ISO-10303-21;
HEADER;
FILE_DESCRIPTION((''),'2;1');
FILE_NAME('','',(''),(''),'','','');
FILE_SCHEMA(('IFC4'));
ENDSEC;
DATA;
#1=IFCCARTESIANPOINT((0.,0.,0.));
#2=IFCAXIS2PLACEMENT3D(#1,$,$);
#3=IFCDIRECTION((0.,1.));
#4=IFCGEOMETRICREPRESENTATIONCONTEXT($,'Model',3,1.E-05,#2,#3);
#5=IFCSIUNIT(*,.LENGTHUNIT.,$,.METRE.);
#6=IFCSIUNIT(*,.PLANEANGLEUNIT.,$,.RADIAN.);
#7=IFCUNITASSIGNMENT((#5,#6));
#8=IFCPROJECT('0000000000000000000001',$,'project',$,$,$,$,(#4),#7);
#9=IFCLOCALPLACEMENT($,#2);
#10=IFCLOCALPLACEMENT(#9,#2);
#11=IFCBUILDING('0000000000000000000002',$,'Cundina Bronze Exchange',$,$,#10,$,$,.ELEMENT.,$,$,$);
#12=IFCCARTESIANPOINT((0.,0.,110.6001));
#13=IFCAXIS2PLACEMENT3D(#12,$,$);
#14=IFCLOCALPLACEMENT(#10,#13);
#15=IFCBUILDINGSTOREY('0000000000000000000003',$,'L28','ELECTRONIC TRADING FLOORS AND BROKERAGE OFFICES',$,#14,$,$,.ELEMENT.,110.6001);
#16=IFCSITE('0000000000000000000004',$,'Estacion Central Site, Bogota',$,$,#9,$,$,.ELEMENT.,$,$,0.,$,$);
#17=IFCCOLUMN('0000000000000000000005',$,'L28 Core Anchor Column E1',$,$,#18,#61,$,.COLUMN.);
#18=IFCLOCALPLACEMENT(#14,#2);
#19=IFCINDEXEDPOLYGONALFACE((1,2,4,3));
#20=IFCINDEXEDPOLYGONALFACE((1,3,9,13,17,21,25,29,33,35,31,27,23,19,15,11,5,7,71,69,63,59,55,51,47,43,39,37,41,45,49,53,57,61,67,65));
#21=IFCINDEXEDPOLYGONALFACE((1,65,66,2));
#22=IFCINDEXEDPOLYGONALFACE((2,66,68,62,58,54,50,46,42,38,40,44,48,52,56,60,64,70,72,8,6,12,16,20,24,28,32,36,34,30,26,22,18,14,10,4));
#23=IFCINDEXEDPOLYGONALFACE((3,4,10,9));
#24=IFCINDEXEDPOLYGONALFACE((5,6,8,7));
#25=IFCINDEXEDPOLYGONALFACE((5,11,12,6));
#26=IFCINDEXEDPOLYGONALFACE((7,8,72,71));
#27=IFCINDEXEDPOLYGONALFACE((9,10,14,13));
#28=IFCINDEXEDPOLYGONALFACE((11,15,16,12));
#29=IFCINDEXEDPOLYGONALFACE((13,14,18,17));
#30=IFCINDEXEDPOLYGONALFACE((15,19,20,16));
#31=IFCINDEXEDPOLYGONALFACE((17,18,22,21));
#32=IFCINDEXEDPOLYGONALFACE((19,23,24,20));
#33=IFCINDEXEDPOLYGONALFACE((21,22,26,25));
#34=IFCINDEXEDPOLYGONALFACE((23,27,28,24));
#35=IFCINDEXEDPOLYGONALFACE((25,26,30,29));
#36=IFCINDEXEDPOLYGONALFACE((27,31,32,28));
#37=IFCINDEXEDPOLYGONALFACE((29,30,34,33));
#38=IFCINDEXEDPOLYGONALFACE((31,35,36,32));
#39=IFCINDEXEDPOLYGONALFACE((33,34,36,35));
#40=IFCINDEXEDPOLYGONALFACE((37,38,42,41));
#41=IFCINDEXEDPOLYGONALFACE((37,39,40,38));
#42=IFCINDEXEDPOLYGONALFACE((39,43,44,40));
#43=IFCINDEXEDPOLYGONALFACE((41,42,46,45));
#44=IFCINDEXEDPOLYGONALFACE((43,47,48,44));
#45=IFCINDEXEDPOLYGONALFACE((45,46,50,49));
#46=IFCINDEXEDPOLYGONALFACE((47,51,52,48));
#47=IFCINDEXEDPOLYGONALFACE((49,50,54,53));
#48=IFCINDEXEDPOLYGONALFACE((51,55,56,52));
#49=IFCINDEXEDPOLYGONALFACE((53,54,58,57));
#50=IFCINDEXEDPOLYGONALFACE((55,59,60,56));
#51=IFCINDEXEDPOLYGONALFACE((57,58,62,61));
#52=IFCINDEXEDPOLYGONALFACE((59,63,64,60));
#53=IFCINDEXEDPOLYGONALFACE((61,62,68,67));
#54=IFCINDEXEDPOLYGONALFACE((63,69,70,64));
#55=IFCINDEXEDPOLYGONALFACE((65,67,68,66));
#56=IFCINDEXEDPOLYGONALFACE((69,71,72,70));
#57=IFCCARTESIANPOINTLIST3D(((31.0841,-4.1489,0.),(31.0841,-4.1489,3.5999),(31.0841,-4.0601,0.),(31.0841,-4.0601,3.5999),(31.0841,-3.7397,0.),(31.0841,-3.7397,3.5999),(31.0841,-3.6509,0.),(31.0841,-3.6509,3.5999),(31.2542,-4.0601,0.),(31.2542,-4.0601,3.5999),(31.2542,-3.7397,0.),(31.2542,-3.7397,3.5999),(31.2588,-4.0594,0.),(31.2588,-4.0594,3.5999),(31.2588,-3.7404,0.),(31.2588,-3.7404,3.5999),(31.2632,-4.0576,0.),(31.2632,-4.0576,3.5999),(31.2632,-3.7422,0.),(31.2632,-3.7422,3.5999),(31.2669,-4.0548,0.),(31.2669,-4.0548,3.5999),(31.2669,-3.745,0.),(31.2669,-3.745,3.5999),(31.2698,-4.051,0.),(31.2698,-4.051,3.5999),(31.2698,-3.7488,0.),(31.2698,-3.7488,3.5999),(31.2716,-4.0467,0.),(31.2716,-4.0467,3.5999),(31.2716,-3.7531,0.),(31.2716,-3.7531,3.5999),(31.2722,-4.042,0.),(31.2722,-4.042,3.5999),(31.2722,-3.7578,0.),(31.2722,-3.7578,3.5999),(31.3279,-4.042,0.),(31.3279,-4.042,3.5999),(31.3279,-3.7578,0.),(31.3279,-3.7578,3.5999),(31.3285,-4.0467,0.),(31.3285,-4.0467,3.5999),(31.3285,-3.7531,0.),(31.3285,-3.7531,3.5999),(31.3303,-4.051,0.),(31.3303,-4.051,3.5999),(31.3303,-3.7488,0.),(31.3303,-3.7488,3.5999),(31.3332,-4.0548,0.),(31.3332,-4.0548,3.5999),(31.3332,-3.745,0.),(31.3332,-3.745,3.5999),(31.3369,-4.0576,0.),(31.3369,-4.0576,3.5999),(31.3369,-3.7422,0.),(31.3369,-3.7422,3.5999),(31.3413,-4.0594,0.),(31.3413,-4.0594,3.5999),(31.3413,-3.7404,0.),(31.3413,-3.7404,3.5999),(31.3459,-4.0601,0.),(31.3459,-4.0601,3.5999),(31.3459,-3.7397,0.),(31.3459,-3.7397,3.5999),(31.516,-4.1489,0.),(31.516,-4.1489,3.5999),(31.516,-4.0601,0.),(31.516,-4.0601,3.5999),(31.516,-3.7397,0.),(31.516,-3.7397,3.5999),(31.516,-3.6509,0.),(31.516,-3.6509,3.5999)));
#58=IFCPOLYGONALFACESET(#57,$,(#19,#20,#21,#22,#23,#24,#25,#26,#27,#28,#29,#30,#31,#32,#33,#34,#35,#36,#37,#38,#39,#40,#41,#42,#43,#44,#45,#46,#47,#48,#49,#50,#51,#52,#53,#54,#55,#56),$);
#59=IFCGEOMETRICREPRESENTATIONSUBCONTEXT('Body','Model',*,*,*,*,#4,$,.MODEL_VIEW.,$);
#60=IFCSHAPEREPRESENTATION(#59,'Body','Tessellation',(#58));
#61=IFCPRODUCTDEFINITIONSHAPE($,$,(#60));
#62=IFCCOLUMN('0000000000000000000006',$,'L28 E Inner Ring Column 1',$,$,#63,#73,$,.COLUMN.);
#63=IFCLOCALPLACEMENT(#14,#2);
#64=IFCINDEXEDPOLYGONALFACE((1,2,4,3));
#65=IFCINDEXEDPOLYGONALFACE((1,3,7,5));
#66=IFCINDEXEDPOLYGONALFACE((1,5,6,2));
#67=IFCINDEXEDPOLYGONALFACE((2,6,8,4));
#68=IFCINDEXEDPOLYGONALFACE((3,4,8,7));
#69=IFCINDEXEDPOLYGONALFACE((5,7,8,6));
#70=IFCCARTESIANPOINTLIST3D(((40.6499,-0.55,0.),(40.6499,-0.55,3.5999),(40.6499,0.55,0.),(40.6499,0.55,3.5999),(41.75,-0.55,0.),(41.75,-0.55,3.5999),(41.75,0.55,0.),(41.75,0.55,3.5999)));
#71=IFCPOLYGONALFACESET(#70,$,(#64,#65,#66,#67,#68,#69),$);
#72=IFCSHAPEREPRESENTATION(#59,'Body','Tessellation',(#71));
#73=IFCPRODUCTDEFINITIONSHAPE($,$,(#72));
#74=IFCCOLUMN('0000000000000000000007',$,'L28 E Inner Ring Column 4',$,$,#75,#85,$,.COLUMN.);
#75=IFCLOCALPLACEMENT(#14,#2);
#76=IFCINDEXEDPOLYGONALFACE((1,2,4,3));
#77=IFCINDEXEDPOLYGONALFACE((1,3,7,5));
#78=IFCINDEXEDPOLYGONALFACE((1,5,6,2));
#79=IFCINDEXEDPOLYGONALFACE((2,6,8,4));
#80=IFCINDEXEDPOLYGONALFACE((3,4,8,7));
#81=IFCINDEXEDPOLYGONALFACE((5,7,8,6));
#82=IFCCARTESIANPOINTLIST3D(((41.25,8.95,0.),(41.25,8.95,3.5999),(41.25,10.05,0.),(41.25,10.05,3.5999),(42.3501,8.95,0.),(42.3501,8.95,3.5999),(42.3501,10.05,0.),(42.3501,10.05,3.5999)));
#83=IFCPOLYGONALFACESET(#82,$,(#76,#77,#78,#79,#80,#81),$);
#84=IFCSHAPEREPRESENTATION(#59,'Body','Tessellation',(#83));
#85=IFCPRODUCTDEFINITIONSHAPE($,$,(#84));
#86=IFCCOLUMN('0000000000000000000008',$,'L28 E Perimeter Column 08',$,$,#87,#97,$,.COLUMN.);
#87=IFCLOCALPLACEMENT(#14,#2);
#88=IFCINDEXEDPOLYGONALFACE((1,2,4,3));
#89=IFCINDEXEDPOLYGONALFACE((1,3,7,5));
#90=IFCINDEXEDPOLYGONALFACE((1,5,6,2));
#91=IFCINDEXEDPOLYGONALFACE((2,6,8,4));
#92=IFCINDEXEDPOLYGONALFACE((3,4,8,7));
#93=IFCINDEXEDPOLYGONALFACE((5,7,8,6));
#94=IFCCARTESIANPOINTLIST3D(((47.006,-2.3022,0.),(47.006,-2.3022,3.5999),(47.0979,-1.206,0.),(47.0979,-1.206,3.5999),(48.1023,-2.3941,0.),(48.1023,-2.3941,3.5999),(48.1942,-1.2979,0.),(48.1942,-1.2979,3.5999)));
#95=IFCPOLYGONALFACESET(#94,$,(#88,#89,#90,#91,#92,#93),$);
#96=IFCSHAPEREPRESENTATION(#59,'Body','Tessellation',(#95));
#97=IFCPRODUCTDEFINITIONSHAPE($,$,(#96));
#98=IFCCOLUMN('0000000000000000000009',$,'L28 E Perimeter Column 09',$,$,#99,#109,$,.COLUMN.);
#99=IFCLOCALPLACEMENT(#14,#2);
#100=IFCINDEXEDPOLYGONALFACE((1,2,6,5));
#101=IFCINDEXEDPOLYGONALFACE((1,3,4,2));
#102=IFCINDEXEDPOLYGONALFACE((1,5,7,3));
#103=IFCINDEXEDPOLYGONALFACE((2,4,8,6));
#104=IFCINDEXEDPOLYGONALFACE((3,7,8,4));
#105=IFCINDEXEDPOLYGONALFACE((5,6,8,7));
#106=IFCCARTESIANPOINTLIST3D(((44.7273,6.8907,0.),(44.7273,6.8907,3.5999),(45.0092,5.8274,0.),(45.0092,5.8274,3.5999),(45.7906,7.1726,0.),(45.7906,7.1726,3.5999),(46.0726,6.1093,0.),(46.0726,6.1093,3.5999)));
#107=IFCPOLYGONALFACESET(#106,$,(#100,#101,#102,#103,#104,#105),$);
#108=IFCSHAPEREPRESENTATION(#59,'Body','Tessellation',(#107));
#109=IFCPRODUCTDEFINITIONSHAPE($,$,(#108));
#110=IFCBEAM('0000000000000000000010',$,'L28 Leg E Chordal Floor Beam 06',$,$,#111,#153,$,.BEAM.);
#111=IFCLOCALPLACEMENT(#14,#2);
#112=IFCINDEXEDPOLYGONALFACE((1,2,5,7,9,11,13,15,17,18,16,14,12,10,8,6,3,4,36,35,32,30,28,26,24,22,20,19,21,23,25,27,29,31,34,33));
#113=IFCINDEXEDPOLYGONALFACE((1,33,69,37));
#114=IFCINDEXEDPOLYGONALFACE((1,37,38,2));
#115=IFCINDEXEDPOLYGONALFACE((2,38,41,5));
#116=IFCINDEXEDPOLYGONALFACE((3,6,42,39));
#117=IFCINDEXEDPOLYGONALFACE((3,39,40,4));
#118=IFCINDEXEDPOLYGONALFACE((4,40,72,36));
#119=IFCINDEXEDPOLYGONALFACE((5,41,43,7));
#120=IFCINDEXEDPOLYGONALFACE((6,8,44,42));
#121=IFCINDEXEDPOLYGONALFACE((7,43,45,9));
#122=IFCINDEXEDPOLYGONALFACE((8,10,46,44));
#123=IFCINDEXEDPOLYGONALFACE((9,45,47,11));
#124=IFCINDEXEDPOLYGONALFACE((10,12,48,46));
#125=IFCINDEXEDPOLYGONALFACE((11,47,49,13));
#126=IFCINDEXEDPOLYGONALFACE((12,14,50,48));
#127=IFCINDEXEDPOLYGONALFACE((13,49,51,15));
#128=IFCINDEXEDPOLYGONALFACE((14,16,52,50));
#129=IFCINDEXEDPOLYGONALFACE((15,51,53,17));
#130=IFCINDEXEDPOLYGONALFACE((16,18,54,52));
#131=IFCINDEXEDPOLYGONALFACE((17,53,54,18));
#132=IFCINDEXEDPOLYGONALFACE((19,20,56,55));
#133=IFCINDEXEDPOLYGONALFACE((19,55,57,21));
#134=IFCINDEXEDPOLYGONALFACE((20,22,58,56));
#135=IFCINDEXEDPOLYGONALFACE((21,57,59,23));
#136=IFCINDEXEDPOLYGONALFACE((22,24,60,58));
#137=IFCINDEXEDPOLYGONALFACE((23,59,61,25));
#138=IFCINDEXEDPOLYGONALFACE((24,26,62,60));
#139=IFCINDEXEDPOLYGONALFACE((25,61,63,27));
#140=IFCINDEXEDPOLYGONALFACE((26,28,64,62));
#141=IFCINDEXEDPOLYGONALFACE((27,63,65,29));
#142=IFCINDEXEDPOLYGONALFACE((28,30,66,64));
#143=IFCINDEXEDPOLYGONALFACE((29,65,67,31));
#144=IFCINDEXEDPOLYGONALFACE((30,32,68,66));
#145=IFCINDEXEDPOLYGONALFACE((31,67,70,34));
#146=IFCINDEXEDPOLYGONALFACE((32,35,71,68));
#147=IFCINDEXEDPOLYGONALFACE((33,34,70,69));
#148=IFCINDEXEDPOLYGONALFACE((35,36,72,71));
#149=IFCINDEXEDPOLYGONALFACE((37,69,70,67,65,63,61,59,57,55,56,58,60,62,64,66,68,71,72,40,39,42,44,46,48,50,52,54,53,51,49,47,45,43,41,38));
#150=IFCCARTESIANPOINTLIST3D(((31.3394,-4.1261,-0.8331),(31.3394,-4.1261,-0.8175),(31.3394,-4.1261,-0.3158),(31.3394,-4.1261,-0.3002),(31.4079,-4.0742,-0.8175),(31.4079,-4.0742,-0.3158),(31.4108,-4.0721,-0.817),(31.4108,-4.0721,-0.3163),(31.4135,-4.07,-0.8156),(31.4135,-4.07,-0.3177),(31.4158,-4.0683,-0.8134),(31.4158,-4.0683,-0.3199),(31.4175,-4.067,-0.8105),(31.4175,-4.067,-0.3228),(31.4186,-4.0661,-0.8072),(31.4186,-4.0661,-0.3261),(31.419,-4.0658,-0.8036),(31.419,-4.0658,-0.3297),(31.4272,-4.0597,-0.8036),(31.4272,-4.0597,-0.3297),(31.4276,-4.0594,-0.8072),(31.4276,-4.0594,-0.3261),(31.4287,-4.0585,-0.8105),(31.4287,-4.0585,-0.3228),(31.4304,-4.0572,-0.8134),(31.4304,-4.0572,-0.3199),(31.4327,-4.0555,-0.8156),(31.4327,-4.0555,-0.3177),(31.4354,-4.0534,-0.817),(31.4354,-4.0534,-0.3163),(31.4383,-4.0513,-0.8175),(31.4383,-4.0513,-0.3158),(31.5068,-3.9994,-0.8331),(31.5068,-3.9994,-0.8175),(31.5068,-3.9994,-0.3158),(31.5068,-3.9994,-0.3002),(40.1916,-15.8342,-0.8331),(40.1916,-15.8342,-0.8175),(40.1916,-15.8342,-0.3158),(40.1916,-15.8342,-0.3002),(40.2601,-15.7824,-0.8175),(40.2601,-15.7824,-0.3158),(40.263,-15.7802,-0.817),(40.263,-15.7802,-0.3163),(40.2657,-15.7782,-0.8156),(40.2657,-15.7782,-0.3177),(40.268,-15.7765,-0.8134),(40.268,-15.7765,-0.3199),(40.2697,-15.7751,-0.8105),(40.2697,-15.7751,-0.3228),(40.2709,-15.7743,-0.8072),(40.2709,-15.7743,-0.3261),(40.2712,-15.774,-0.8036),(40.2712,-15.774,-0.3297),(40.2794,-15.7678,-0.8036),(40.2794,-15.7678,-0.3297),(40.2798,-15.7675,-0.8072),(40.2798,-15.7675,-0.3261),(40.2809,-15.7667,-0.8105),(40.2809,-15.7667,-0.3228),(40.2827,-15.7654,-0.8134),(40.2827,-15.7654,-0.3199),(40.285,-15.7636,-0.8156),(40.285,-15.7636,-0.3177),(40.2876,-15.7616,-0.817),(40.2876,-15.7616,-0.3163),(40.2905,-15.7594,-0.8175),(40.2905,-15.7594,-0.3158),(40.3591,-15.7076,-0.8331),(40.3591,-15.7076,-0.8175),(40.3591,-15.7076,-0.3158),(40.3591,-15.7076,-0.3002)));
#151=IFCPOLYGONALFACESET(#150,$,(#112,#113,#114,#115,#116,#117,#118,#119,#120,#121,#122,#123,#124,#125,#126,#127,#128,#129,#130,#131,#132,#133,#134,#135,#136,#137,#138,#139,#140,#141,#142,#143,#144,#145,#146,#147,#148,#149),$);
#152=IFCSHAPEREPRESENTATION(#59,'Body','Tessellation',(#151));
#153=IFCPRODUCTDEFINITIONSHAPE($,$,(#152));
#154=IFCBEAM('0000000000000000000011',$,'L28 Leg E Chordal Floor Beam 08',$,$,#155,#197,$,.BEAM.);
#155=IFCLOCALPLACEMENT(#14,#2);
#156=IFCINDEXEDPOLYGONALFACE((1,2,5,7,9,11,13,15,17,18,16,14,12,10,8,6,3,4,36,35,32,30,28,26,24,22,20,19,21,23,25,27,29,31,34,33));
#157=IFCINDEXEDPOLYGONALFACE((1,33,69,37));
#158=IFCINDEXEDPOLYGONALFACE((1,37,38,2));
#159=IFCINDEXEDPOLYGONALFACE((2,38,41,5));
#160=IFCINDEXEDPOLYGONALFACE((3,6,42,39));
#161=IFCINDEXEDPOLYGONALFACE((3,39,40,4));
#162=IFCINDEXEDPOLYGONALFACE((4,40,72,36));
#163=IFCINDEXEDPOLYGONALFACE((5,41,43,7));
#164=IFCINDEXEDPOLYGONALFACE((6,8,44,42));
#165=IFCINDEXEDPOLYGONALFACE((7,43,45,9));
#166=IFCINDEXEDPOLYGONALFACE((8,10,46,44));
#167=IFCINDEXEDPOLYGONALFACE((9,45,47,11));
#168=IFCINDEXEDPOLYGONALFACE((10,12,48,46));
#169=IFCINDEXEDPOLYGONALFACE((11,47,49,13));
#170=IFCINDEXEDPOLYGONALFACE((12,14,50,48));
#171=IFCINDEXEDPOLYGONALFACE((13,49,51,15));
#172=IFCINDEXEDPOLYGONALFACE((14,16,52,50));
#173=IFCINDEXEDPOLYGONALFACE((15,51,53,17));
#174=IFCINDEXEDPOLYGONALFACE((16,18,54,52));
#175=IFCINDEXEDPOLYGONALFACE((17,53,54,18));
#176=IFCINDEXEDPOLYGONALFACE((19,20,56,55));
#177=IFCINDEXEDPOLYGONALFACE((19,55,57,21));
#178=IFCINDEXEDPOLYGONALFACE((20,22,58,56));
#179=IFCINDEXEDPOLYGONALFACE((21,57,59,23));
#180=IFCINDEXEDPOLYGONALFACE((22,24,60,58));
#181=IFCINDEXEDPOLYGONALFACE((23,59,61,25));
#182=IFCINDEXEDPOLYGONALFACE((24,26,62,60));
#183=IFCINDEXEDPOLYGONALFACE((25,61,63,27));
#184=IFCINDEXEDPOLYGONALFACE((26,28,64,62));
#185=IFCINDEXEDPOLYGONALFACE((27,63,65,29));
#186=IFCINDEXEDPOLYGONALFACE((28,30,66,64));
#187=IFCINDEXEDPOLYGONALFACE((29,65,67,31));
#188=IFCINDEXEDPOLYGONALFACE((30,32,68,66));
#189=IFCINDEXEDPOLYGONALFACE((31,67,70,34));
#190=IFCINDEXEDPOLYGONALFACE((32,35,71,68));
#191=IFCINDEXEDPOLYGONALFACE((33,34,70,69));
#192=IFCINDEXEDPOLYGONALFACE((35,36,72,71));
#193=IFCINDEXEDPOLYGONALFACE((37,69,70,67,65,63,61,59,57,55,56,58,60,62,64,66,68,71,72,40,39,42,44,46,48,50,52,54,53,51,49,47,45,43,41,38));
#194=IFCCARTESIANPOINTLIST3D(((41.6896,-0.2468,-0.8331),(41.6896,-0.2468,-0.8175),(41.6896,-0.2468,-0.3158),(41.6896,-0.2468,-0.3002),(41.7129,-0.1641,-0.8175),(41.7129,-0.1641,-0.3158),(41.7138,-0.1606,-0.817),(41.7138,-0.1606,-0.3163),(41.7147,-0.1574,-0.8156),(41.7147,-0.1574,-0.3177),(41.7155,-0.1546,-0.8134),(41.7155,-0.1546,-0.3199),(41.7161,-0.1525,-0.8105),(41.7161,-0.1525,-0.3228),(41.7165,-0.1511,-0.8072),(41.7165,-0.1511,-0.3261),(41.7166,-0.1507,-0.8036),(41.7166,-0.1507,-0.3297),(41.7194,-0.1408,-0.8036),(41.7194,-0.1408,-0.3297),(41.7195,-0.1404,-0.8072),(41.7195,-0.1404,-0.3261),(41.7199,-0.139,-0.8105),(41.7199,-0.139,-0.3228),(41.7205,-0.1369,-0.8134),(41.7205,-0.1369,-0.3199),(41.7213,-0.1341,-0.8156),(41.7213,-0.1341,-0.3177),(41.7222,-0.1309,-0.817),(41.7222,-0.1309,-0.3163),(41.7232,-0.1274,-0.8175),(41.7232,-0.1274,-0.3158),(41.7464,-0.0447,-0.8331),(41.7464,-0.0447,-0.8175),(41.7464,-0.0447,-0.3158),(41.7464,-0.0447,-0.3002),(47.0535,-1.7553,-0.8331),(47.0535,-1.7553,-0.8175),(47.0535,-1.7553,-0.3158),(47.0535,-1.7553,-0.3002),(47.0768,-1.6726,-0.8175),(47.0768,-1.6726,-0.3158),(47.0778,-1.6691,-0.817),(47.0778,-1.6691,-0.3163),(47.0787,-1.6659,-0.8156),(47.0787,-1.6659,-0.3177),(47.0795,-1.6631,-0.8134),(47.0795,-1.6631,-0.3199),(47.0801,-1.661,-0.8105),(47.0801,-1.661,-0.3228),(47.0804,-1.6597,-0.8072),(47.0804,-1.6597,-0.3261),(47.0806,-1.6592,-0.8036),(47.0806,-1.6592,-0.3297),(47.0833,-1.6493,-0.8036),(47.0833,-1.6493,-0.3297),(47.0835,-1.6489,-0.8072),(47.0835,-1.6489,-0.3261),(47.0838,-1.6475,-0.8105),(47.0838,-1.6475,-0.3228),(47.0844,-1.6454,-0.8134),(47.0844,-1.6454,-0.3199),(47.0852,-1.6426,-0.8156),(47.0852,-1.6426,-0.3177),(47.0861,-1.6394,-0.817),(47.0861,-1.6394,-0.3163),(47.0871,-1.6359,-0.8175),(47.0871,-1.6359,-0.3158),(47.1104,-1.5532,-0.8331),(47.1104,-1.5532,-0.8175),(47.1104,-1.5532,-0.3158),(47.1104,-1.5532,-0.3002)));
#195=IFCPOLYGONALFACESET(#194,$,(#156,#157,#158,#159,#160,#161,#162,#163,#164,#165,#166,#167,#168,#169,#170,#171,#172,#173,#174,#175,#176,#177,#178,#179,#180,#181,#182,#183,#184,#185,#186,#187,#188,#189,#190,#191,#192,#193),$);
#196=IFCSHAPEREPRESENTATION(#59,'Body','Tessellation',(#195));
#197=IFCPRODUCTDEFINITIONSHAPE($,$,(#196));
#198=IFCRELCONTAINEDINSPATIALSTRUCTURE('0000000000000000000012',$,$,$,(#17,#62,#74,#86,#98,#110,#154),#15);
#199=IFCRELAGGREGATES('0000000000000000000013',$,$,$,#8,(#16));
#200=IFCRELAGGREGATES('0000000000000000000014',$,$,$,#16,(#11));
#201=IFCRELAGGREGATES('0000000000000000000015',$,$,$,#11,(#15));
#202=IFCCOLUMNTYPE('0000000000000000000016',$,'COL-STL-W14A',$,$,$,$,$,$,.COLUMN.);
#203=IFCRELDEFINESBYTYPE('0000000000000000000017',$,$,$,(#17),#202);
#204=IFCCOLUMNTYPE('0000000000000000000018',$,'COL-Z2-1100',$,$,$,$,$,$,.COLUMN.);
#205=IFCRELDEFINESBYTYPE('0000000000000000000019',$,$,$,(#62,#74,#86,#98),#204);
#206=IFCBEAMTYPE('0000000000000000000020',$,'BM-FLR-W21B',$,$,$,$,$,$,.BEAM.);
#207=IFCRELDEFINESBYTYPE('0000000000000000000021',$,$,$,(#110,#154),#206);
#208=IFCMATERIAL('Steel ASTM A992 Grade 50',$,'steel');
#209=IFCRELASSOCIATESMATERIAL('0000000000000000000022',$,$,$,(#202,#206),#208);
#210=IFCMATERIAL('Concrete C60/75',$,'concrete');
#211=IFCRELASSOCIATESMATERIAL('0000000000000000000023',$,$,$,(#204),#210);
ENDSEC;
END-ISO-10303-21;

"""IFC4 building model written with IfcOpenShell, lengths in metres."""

from ifc_helpers import new_model, si_unit, direction, frame, origin, origin_2d, place, context, subcontext, project, spatial, rectangle, i_section, extrude, material, material_profile, profile_set, type_object, element, save


model = new_model("IFC4")

# Units and contexts
model_context = context("Model", 3, precision=1e-05, world=origin(), true_north=direction((0.0, 1.0)))
body_context = subcontext(model_context, "Body", "Model", "MODEL_VIEW")
ifc_project = project(units=[si_unit("LENGTHUNIT", "METRE"), si_unit("PLANEANGLEUNIT", "RADIAN")], contexts=[model_context])

# Site, building, storey
site_placement = place(None, origin())
site = spatial("IfcSite", under=ifc_project, at=site_placement, Name="Estacion Central Site, Bogota", CompositionType="ELEMENT", RefElevation=0.0)
building_placement = place(site_placement, origin())
building = spatial("IfcBuilding", under=site, at=building_placement, Name="Cundina Bronze Exchange", CompositionType="ELEMENT")
storey_placement = place(building_placement, frame((0.0, 0.0, 110.6001)))
storey = spatial("IfcBuildingStorey", under=building, at=storey_placement, Name="L28", Description="ELECTRONIC TRADING FLOORS AND BROKERAGE OFFICES", CompositionType="ELEMENT", Elevation=110.6001)

# Columns
ifc_material_1 = material(Name="Steel ASTM A992 Grade 50", Category="steel")
ifc_material_profile_1 = material_profile(ifc_material_1, i_section(OverallWidth=0.4319, OverallDepth=0.498, WebThickness=0.0557, FlangeThickness=0.0889, FilletRadius=0.0181, at=origin_2d()), Name="W14X500", Category="steel")
ifc_profile_set_1 = profile_set([ifc_material_profile_1], Name="Steel ASTM A992 Grade 50")
column_type_1 = type_object("IfcColumnType", Name="COL-STL-W14A", PredefinedType="COLUMN", material=ifc_profile_set_1)
column_placement = place(storey_placement, frame((31.3, -3.8999, 0.0), z_axis=(0.0, 0.0, 1.0), x_axis=(1.0, 0.0, 0.0)))
element("IfcColumn", 1, at=column_placement, inside=storey, type_object=column_type_1, Name="L28 Core Anchor Column E1", PredefinedType="COLUMN", context=body_context, shape_type="SweptSolid", body=[
    extrude(i_section(OverallWidth=0.4319, OverallDepth=0.498, WebThickness=0.0557, FlangeThickness=0.0889, FilletRadius=0.0181, at=origin_2d()), origin(), (0.0, 0.0, 1.0), 3.5999),
])
ifc_material_2 = material(Name="Concrete C60/75", Category="concrete")
ifc_material_profile_2 = material_profile(ifc_material_2, rectangle(XDim=1.1001, YDim=1.1001, at=origin_2d()), Name="RC1100X1100", Category="concrete")
ifc_profile_set_2 = profile_set([ifc_material_profile_2], Name="Concrete C60/75")
column_type_2 = type_object("IfcColumnType", Name="COL-Z2-1100", PredefinedType="COLUMN", material=ifc_profile_set_2)
for number, where, z_axis, x_axis, name in (
    (2, (41.2, 0.0, 0.0), (0.0, 0.0, 1.0), (1.0, 0.0, 0.0), "L28 E Inner Ring Column 1"),
    (3, (41.8, 9.5, 0.0), (0.0, 0.0, 1.0), (1.0, 0.0, 0.0), "L28 E Inner Ring Column 4"),
    (4, (47.6001, -1.8, 0.0), (0.0, 0.0, 1.0), (0.083504, 0.996507, 0.0), "L28 E Perimeter Column 08"),
    (5, (45.3999, 6.5, 0.0), (0.0, 0.0, 1.0), (-0.256289, 0.9666, 0.0), "L28 E Perimeter Column 09"),
):
    element("IfcColumn", number, at=place(storey_placement, frame(where, z_axis=z_axis, x_axis=x_axis)), inside=storey, type_object=column_type_2, Name=name, PredefinedType="COLUMN", context=body_context, shape_type="SweptSolid", body=[
        extrude(rectangle(XDim=1.1001, YDim=1.1001, at=origin_2d()), origin(), (0.0, 0.0, 1.0), 3.5999),
    ])

# Beams
ifc_material_profile_3 = material_profile(ifc_material_1, i_section(OverallWidth=0.21, OverallDepth=0.533, WebThickness=0.0103, FlangeThickness=0.0156, FilletRadius=0.0139, at=origin_2d()), Name="W21X62", Category="steel")
ifc_profile_set_3 = profile_set([ifc_material_profile_3], Name="Steel ASTM A992 Grade 50")
beam_type_1 = type_object("IfcBeamType", Name="BM-FLR-W21B", PredefinedType="BEAM", material=ifc_profile_set_3)
beam_1_placement = place(storey_placement, frame((31.4231, -4.0627, -0.5667), z_axis=(0.603096, -0.797669, 0.0), x_axis=(0.797669, 0.603096, 0.0)))
element("IfcBeam", 6, at=beam_1_placement, inside=storey, type_object=beam_type_1, Name="L28 Leg E Chordal Floor Beam 06", PredefinedType="BEAM", context=body_context, shape_type="SweptSolid", body=[
    extrude(i_section(OverallWidth=0.21, OverallDepth=0.533, WebThickness=0.0103, FlangeThickness=0.0156, FilletRadius=0.0139, at=origin_2d()), origin(), (0.0, 0.0, 1.0), 14.678),
])
beam_2_placement = place(storey_placement, frame((41.718, -0.1458, -0.5667), z_axis=(0.962655, -0.270732, 0.0), x_axis=(0.270732, 0.962655, 0.0)))
element("IfcBeam", 7, at=beam_2_placement, inside=storey, type_object=beam_type_1, Name="L28 Leg E Chordal Floor Beam 08", PredefinedType="BEAM", context=body_context, shape_type="SweptSolid", body=[
    extrude(i_section(OverallWidth=0.21, OverallDepth=0.533, WebThickness=0.0103, FlangeThickness=0.0156, FilletRadius=0.0139, at=origin_2d()), origin(), (0.0, 0.0, 1.0), 5.572),
])

save(model, "model.ifc")
